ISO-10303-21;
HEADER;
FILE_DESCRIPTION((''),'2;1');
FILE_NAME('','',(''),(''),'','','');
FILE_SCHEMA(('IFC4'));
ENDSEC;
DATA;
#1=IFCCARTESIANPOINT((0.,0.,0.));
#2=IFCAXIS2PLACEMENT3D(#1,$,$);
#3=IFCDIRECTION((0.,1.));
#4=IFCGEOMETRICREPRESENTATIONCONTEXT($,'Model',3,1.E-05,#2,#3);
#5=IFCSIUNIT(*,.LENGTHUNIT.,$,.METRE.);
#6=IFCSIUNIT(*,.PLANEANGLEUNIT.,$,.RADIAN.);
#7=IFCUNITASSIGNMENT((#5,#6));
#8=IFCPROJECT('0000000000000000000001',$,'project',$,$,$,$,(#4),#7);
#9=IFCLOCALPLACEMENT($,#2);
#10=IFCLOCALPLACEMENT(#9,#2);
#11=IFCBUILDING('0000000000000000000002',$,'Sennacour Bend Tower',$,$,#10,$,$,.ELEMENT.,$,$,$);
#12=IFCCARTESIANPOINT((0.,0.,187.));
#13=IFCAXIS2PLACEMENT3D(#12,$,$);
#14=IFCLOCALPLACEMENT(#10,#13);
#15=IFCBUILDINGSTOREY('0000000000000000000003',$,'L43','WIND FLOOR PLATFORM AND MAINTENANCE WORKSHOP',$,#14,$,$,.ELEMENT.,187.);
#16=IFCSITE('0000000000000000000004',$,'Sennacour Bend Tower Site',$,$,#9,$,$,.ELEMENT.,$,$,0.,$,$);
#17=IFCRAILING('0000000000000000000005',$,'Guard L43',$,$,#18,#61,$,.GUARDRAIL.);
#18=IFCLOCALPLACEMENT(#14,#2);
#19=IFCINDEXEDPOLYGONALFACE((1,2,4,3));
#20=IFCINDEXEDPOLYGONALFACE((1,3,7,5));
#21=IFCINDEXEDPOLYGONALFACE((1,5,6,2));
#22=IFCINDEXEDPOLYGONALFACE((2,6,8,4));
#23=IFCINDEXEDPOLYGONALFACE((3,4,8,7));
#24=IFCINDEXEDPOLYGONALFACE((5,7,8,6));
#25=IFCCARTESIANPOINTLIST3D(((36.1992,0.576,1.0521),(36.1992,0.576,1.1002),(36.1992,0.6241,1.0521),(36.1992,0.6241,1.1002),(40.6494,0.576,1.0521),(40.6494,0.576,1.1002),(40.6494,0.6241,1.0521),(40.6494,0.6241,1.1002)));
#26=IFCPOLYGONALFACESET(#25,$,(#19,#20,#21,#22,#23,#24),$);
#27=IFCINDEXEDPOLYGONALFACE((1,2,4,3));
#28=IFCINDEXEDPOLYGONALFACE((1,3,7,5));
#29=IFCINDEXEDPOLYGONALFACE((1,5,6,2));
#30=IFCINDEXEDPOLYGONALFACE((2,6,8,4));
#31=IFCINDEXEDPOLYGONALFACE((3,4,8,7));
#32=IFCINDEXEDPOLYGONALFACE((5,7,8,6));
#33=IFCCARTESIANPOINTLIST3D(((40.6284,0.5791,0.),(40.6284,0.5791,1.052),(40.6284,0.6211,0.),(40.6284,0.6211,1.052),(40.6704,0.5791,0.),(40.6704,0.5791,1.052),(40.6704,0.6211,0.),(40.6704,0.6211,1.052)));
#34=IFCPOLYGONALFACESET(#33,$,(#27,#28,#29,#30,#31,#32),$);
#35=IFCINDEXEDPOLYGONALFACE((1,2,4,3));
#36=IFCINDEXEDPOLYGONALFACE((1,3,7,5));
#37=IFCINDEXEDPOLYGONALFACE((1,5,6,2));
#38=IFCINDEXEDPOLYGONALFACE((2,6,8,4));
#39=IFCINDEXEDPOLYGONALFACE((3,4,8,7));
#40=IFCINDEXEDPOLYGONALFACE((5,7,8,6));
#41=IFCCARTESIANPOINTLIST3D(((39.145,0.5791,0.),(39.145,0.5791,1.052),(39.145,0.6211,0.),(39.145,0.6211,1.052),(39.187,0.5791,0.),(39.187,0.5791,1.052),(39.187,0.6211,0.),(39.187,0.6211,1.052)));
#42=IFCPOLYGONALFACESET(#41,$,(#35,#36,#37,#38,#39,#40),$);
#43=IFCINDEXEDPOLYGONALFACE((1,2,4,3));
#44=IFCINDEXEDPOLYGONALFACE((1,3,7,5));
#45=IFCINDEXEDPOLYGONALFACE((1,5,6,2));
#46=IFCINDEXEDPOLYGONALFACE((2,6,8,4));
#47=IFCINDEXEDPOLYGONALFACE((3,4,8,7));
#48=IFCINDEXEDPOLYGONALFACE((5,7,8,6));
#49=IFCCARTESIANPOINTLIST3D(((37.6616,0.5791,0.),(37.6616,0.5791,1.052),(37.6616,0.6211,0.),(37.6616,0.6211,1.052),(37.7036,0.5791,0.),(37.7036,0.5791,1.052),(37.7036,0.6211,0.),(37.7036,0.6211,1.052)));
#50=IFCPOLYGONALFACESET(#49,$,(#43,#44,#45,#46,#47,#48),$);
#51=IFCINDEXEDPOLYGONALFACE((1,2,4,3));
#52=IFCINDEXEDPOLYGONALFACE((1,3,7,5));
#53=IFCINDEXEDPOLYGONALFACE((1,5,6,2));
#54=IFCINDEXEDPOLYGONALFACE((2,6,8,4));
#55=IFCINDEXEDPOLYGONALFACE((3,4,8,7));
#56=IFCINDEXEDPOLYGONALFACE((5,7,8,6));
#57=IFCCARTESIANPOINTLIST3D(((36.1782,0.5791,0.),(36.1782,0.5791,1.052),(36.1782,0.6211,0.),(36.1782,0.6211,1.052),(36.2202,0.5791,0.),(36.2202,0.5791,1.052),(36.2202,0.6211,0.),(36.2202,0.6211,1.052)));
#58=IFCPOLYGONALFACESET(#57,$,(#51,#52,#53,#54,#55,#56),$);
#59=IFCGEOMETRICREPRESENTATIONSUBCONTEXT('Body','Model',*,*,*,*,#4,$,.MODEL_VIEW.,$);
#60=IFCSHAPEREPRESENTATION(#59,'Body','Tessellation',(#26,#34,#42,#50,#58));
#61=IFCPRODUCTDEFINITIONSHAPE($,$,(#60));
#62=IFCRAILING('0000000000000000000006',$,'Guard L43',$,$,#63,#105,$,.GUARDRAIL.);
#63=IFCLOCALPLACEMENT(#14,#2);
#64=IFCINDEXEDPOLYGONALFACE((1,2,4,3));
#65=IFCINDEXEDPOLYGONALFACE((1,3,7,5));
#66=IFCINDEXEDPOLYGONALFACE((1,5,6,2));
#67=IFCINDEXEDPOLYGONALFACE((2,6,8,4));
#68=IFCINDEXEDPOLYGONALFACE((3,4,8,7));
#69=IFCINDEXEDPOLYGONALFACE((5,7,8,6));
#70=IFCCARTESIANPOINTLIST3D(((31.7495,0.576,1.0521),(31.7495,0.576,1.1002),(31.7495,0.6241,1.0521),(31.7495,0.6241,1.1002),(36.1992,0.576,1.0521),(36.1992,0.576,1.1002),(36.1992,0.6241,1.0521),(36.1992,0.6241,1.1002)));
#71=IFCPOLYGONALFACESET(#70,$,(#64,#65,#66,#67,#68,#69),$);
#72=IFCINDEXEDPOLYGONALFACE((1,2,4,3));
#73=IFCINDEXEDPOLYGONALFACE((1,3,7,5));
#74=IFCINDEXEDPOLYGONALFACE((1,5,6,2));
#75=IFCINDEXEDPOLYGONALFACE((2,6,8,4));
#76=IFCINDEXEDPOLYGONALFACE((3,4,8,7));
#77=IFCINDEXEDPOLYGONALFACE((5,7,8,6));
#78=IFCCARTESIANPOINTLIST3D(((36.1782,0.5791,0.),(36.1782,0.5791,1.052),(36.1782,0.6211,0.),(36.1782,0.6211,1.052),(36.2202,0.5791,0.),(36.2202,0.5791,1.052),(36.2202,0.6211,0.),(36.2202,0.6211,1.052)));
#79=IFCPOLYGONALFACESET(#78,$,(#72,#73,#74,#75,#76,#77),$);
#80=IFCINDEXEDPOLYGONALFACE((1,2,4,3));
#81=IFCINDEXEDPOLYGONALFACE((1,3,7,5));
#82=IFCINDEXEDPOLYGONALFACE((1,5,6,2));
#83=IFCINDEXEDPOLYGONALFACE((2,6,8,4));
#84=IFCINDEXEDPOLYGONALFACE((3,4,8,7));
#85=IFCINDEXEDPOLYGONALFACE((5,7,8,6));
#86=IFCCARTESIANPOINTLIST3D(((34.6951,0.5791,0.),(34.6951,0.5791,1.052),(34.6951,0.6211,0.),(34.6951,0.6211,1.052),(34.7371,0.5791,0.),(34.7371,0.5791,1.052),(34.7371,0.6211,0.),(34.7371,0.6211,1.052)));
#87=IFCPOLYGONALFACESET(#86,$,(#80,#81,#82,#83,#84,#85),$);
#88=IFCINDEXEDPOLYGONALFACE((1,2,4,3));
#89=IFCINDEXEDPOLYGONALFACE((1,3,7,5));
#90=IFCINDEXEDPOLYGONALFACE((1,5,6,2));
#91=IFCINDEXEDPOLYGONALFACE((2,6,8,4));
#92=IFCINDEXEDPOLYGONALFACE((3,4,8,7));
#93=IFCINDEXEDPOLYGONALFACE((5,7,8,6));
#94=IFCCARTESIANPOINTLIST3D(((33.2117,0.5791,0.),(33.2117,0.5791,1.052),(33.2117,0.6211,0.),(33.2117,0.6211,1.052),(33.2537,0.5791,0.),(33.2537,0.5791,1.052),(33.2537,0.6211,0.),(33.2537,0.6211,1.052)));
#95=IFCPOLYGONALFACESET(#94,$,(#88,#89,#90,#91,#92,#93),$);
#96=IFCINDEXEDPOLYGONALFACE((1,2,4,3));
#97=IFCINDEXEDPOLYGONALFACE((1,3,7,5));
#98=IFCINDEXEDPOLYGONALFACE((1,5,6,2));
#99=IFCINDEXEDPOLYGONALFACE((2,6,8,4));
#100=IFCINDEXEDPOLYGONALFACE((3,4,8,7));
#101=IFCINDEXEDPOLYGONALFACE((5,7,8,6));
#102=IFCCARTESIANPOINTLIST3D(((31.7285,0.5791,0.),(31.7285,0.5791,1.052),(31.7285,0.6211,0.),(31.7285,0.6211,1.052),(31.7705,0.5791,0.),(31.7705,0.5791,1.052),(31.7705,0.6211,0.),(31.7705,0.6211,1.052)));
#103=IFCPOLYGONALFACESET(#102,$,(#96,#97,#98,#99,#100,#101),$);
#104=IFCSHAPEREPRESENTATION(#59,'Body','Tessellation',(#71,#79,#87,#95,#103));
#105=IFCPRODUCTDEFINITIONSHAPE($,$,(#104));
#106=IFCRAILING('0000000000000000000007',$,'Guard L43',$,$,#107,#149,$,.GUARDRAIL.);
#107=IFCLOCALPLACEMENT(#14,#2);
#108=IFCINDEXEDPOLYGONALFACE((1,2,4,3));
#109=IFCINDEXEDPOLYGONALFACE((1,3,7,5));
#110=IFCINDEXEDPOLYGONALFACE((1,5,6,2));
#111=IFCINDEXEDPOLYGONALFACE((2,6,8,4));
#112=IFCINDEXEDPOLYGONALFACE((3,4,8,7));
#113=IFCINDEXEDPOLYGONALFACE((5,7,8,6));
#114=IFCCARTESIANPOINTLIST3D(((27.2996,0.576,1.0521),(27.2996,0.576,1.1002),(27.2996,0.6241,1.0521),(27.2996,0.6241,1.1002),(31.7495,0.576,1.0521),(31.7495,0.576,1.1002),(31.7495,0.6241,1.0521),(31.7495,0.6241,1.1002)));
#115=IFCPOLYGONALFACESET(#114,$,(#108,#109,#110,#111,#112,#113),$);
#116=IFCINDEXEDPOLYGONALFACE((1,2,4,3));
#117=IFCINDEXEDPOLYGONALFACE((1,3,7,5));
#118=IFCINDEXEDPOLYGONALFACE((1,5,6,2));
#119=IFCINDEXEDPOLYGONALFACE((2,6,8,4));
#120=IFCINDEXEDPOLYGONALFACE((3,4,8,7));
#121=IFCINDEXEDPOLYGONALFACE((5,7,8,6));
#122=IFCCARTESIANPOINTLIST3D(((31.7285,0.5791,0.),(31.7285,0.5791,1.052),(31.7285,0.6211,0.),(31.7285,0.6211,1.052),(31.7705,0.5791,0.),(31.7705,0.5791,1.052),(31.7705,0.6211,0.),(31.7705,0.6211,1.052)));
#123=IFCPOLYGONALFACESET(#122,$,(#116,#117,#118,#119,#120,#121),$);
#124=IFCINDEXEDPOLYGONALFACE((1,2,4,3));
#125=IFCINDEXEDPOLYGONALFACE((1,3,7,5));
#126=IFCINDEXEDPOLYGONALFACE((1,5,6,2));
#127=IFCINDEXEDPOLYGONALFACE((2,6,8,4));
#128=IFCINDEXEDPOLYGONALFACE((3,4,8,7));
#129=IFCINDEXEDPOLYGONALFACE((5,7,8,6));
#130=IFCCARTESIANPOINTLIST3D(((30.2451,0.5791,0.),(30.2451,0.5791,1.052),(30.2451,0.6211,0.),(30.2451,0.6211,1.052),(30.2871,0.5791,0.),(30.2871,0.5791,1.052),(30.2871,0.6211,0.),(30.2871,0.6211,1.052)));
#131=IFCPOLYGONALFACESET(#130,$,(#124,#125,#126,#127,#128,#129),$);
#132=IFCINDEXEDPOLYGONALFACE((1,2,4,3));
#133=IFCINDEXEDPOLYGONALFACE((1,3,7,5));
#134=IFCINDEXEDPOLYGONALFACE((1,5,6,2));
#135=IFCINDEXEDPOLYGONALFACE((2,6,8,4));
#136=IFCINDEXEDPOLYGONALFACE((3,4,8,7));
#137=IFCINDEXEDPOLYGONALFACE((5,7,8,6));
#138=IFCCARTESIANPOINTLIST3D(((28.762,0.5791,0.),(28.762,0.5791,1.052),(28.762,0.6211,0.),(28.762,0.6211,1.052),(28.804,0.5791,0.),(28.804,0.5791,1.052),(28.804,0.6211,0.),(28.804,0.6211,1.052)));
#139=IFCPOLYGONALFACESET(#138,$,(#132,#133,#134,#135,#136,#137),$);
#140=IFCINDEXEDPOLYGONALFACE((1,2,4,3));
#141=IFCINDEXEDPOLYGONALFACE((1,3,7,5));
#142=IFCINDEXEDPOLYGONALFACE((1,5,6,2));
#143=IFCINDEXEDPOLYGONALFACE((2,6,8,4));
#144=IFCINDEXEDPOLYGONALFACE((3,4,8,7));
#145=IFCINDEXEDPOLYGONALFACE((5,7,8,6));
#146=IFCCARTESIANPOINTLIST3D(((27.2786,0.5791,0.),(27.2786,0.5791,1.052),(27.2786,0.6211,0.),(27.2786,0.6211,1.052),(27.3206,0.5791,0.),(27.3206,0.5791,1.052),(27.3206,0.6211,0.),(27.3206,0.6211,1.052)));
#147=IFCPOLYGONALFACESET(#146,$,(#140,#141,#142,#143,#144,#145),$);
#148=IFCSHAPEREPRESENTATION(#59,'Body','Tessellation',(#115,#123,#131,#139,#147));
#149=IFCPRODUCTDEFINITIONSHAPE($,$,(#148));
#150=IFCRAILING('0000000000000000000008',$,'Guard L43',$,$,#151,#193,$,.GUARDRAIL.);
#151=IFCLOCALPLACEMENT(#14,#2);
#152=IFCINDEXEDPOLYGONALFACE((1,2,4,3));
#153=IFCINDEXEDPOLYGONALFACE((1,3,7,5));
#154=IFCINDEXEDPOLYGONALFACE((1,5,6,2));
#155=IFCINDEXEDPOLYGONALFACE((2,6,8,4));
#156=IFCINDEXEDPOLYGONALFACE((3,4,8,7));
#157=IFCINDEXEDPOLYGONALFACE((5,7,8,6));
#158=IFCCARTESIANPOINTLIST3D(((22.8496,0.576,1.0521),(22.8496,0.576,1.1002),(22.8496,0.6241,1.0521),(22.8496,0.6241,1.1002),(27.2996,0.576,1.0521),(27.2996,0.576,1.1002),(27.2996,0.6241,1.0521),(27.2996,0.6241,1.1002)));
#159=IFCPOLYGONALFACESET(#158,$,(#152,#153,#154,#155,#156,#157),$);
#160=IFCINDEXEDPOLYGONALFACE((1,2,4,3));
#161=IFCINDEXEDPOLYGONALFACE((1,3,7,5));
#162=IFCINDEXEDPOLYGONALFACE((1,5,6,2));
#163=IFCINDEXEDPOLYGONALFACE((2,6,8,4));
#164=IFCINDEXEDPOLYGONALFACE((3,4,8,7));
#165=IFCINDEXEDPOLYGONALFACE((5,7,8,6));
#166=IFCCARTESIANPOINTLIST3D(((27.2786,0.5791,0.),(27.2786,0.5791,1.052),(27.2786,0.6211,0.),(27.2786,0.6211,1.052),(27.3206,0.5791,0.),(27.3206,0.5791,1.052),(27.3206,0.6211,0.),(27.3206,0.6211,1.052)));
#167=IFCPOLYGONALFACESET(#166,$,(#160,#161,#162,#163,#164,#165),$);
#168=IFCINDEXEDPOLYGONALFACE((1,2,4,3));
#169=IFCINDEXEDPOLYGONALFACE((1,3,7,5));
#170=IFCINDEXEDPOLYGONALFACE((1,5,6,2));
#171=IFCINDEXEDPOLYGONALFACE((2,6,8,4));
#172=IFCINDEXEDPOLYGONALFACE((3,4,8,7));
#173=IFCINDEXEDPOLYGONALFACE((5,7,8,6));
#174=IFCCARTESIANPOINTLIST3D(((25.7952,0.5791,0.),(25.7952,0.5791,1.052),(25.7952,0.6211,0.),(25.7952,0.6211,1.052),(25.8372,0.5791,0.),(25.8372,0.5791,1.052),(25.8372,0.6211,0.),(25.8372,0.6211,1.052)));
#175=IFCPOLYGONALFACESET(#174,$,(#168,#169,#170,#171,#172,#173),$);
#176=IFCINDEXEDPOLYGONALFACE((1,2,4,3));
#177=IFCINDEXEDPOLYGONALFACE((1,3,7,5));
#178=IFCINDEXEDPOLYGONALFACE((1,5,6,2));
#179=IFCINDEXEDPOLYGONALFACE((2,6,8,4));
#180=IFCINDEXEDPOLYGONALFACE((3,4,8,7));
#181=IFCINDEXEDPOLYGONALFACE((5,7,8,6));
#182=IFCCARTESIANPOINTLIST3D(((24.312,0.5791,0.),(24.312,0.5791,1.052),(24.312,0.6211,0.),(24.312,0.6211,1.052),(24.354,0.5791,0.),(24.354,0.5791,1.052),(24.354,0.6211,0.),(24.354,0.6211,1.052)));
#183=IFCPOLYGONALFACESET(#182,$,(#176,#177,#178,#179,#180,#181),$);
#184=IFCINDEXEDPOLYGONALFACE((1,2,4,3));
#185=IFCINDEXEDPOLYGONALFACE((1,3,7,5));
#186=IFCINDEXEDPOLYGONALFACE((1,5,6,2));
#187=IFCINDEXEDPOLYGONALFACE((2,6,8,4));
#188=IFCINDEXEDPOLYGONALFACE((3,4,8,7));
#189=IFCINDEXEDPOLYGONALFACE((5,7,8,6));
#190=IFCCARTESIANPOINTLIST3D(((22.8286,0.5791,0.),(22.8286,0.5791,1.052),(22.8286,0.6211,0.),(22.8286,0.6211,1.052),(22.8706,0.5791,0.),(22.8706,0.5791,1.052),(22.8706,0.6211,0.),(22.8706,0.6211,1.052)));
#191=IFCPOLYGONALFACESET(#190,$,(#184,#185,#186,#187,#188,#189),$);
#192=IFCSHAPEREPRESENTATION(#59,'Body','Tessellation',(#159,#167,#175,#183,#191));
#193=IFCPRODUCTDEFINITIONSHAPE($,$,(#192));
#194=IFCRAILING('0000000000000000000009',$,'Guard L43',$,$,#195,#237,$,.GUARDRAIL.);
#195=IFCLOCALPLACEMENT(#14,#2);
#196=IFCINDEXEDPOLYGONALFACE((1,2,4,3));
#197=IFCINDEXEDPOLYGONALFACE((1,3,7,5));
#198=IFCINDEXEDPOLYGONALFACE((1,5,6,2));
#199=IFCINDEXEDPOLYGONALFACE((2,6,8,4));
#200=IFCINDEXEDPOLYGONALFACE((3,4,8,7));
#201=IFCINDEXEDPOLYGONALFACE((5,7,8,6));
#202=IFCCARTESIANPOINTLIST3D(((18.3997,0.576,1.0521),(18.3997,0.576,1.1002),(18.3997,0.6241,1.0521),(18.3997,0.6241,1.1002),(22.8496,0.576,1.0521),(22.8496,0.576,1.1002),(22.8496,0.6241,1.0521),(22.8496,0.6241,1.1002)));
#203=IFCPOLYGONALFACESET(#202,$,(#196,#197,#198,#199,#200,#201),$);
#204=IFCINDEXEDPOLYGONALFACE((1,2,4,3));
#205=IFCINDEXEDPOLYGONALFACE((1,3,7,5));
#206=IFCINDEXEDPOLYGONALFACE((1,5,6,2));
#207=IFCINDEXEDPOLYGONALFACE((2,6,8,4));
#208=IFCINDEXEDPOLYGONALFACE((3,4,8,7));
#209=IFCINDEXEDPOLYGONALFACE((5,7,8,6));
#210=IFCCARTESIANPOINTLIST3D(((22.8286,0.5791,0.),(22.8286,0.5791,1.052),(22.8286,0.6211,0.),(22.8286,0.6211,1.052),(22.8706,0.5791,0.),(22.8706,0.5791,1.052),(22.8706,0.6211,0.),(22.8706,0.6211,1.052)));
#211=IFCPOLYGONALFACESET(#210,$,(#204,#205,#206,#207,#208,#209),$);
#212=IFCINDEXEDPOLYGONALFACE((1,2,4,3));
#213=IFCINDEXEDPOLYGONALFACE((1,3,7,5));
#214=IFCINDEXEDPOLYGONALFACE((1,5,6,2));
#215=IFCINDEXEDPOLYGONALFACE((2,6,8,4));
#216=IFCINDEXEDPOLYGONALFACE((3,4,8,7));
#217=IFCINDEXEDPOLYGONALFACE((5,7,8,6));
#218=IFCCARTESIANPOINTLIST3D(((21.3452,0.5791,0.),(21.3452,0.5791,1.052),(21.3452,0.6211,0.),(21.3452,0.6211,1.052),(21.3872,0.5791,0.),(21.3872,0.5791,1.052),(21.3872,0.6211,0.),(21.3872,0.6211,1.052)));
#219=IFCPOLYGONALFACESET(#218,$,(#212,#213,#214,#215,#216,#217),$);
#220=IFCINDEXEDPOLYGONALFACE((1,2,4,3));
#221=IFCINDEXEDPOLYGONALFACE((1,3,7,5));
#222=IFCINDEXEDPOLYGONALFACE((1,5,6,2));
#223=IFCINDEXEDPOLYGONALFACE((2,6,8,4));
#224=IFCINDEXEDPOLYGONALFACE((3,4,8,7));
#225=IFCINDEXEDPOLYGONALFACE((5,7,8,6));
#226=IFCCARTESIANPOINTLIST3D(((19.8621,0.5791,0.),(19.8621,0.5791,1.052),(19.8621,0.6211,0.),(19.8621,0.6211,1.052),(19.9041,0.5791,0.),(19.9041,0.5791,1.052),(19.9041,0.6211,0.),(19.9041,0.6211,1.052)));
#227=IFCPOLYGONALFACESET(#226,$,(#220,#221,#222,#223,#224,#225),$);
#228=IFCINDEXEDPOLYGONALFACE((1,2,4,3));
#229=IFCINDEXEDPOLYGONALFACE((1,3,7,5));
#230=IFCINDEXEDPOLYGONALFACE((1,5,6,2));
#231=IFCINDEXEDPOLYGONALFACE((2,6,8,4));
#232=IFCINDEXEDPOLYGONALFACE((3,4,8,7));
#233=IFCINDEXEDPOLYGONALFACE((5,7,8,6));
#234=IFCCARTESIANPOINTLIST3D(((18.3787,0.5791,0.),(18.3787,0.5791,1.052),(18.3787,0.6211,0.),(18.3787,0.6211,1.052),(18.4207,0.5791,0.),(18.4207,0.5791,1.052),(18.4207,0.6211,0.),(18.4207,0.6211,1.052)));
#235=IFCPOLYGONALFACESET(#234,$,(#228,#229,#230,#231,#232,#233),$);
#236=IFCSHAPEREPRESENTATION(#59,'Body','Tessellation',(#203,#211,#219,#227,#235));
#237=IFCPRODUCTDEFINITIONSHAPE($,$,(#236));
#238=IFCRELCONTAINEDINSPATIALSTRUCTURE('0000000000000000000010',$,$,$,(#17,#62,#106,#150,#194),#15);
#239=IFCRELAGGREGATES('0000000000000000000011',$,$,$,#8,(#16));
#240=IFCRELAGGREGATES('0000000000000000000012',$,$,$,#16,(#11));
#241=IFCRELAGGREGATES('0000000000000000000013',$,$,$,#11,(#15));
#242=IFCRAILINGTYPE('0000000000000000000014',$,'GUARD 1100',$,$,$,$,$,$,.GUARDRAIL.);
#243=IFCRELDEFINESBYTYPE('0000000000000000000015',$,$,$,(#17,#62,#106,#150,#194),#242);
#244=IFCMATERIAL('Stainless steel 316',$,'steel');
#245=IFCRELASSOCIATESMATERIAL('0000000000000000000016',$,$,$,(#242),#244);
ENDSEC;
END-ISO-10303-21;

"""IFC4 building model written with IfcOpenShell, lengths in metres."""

from ifc_helpers import new_model, si_unit, direction, frame, origin, origin_2d, place, context, subcontext, project, spatial, rectangle, extrude, material, type_object, element, save


model = new_model("IFC4")

# Units and contexts
model_context = context("Model", 3, precision=1e-05, world=origin(), true_north=direction((0.0, 1.0)))
body_context = subcontext(model_context, "Body", "Model", "MODEL_VIEW")
ifc_project = project(units=[si_unit("LENGTHUNIT", "METRE"), si_unit("PLANEANGLEUNIT", "RADIAN")], contexts=[model_context])

# Site, building, storey
site_placement = place(None, origin())
site = spatial("IfcSite", under=ifc_project, at=site_placement, Name="Sennacour Bend Tower Site", CompositionType="ELEMENT", RefElevation=0.0)
building_placement = place(site_placement, origin())
building = spatial("IfcBuilding", under=site, at=building_placement, Name="Sennacour Bend Tower", CompositionType="ELEMENT")
storey_placement = place(building_placement, frame((0.0, 0.0, 187.0)))
storey = spatial("IfcBuildingStorey", under=building, at=storey_placement, Name="L43", Description="WIND FLOOR PLATFORM AND MAINTENANCE WORKSHOP", CompositionType="ELEMENT", Elevation=187.0)

# Railings
ifc_material_1 = material(Name="Stainless steel 316", Category="steel")
railing_type = type_object("IfcRailingType", Name="GUARD 1100", PredefinedType="GUARDRAIL", material=ifc_material_1)
railing_1_placement = place(storey_placement, frame((40.6494, 0.6001, 0.0)))
element("IfcRailing", 1, at=railing_1_placement, inside=storey, type_object=railing_type, Name="Guard L43", PredefinedType="GUARDRAIL", context=body_context, shape_type="SweptSolid", body=[
    extrude(rectangle(XDim=0.0481, YDim=0.0481, at=origin_2d()), frame((0.0, 0.0, 1.0762), z_axis=(-1.0, 0.0, 0.0), x_axis=(0.0, -1.0, 0.0)), (0.0, 0.0, 1.0), 4.4502),
    extrude(rectangle(XDim=0.042, YDim=0.042, at=origin_2d()), origin(), (0.0, 0.0, 1.0), 1.052),
    extrude(rectangle(XDim=0.042, YDim=0.042, at=origin_2d()), frame((-1.4834, 0.0, 0.0)), (0.0, 0.0, 1.0), 1.052),
    extrude(rectangle(XDim=0.042, YDim=0.042, at=origin_2d()), frame((-2.9668, 0.0, 0.0)), (0.0, 0.0, 1.0), 1.052),
    extrude(rectangle(XDim=0.042, YDim=0.042, at=origin_2d()), frame((-4.4502, 0.0, 0.0)), (0.0, 0.0, 1.0), 1.052),
])
railing_2_placement = place(storey_placement, frame((36.1992, 0.6001, 0.0)))
element("IfcRailing", 2, at=railing_2_placement, inside=storey, type_object=railing_type, Name="Guard L43", PredefinedType="GUARDRAIL", context=body_context, shape_type="SweptSolid", body=[
    extrude(rectangle(XDim=0.0481, YDim=0.0481, at=origin_2d()), frame((0.0, 0.0, 1.0762), z_axis=(-1.0, 0.0, 0.0), x_axis=(0.0, -1.0, 0.0)), (0.0, 0.0, 1.0), 4.4497),
    extrude(rectangle(XDim=0.042, YDim=0.042, at=origin_2d()), origin(), (0.0, 0.0, 1.0), 1.052),
    extrude(rectangle(XDim=0.042, YDim=0.042, at=origin_2d()), frame((-1.4832, 0.0, 0.0)), (0.0, 0.0, 1.0), 1.052),
    extrude(rectangle(XDim=0.042, YDim=0.042, at=origin_2d()), frame((-2.9666, 0.0, 0.0)), (0.0, 0.0, 1.0), 1.052),
    extrude(rectangle(XDim=0.042, YDim=0.042, at=origin_2d()), frame((-4.4497, 0.0, 0.0)), (0.0, 0.0, 1.0), 1.052),
])
for number, where, name in (
    (3, (31.7495, 0.6001, 0.0), "Guard L43"),
    (4, (27.2996, 0.6001, 0.0), "Guard L43"),
    (5, (22.8496, 0.6001, 0.0), "Guard L43"),
):
    element("IfcRailing", number, at=place(storey_placement, frame(where)), inside=storey, type_object=railing_type, Name=name, PredefinedType="GUARDRAIL", context=body_context, shape_type="SweptSolid", body=[
        extrude(rectangle(XDim=0.0481, YDim=0.0481, at=origin_2d()), frame((0.0, 0.0, 1.0762), z_axis=(-1.0, 0.0, 0.0), x_axis=(0.0, -1.0, 0.0)), (0.0, 0.0, 1.0), 4.45),
        extrude(rectangle(XDim=0.042, YDim=0.042, at=origin_2d()), origin(), (0.0, 0.0, 1.0), 1.052),
        extrude(rectangle(XDim=0.042, YDim=0.042, at=origin_2d()), frame((-1.4834, 0.0, 0.0)), (0.0, 0.0, 1.0), 1.052),
        extrude(rectangle(XDim=0.042, YDim=0.042, at=origin_2d()), frame((-2.9666, 0.0, 0.0)), (0.0, 0.0, 1.0), 1.052),
        extrude(rectangle(XDim=0.042, YDim=0.042, at=origin_2d()), frame((-4.45, 0.0, 0.0)), (0.0, 0.0, 1.0), 1.052),
    ])

save(model, "model.ifc")
